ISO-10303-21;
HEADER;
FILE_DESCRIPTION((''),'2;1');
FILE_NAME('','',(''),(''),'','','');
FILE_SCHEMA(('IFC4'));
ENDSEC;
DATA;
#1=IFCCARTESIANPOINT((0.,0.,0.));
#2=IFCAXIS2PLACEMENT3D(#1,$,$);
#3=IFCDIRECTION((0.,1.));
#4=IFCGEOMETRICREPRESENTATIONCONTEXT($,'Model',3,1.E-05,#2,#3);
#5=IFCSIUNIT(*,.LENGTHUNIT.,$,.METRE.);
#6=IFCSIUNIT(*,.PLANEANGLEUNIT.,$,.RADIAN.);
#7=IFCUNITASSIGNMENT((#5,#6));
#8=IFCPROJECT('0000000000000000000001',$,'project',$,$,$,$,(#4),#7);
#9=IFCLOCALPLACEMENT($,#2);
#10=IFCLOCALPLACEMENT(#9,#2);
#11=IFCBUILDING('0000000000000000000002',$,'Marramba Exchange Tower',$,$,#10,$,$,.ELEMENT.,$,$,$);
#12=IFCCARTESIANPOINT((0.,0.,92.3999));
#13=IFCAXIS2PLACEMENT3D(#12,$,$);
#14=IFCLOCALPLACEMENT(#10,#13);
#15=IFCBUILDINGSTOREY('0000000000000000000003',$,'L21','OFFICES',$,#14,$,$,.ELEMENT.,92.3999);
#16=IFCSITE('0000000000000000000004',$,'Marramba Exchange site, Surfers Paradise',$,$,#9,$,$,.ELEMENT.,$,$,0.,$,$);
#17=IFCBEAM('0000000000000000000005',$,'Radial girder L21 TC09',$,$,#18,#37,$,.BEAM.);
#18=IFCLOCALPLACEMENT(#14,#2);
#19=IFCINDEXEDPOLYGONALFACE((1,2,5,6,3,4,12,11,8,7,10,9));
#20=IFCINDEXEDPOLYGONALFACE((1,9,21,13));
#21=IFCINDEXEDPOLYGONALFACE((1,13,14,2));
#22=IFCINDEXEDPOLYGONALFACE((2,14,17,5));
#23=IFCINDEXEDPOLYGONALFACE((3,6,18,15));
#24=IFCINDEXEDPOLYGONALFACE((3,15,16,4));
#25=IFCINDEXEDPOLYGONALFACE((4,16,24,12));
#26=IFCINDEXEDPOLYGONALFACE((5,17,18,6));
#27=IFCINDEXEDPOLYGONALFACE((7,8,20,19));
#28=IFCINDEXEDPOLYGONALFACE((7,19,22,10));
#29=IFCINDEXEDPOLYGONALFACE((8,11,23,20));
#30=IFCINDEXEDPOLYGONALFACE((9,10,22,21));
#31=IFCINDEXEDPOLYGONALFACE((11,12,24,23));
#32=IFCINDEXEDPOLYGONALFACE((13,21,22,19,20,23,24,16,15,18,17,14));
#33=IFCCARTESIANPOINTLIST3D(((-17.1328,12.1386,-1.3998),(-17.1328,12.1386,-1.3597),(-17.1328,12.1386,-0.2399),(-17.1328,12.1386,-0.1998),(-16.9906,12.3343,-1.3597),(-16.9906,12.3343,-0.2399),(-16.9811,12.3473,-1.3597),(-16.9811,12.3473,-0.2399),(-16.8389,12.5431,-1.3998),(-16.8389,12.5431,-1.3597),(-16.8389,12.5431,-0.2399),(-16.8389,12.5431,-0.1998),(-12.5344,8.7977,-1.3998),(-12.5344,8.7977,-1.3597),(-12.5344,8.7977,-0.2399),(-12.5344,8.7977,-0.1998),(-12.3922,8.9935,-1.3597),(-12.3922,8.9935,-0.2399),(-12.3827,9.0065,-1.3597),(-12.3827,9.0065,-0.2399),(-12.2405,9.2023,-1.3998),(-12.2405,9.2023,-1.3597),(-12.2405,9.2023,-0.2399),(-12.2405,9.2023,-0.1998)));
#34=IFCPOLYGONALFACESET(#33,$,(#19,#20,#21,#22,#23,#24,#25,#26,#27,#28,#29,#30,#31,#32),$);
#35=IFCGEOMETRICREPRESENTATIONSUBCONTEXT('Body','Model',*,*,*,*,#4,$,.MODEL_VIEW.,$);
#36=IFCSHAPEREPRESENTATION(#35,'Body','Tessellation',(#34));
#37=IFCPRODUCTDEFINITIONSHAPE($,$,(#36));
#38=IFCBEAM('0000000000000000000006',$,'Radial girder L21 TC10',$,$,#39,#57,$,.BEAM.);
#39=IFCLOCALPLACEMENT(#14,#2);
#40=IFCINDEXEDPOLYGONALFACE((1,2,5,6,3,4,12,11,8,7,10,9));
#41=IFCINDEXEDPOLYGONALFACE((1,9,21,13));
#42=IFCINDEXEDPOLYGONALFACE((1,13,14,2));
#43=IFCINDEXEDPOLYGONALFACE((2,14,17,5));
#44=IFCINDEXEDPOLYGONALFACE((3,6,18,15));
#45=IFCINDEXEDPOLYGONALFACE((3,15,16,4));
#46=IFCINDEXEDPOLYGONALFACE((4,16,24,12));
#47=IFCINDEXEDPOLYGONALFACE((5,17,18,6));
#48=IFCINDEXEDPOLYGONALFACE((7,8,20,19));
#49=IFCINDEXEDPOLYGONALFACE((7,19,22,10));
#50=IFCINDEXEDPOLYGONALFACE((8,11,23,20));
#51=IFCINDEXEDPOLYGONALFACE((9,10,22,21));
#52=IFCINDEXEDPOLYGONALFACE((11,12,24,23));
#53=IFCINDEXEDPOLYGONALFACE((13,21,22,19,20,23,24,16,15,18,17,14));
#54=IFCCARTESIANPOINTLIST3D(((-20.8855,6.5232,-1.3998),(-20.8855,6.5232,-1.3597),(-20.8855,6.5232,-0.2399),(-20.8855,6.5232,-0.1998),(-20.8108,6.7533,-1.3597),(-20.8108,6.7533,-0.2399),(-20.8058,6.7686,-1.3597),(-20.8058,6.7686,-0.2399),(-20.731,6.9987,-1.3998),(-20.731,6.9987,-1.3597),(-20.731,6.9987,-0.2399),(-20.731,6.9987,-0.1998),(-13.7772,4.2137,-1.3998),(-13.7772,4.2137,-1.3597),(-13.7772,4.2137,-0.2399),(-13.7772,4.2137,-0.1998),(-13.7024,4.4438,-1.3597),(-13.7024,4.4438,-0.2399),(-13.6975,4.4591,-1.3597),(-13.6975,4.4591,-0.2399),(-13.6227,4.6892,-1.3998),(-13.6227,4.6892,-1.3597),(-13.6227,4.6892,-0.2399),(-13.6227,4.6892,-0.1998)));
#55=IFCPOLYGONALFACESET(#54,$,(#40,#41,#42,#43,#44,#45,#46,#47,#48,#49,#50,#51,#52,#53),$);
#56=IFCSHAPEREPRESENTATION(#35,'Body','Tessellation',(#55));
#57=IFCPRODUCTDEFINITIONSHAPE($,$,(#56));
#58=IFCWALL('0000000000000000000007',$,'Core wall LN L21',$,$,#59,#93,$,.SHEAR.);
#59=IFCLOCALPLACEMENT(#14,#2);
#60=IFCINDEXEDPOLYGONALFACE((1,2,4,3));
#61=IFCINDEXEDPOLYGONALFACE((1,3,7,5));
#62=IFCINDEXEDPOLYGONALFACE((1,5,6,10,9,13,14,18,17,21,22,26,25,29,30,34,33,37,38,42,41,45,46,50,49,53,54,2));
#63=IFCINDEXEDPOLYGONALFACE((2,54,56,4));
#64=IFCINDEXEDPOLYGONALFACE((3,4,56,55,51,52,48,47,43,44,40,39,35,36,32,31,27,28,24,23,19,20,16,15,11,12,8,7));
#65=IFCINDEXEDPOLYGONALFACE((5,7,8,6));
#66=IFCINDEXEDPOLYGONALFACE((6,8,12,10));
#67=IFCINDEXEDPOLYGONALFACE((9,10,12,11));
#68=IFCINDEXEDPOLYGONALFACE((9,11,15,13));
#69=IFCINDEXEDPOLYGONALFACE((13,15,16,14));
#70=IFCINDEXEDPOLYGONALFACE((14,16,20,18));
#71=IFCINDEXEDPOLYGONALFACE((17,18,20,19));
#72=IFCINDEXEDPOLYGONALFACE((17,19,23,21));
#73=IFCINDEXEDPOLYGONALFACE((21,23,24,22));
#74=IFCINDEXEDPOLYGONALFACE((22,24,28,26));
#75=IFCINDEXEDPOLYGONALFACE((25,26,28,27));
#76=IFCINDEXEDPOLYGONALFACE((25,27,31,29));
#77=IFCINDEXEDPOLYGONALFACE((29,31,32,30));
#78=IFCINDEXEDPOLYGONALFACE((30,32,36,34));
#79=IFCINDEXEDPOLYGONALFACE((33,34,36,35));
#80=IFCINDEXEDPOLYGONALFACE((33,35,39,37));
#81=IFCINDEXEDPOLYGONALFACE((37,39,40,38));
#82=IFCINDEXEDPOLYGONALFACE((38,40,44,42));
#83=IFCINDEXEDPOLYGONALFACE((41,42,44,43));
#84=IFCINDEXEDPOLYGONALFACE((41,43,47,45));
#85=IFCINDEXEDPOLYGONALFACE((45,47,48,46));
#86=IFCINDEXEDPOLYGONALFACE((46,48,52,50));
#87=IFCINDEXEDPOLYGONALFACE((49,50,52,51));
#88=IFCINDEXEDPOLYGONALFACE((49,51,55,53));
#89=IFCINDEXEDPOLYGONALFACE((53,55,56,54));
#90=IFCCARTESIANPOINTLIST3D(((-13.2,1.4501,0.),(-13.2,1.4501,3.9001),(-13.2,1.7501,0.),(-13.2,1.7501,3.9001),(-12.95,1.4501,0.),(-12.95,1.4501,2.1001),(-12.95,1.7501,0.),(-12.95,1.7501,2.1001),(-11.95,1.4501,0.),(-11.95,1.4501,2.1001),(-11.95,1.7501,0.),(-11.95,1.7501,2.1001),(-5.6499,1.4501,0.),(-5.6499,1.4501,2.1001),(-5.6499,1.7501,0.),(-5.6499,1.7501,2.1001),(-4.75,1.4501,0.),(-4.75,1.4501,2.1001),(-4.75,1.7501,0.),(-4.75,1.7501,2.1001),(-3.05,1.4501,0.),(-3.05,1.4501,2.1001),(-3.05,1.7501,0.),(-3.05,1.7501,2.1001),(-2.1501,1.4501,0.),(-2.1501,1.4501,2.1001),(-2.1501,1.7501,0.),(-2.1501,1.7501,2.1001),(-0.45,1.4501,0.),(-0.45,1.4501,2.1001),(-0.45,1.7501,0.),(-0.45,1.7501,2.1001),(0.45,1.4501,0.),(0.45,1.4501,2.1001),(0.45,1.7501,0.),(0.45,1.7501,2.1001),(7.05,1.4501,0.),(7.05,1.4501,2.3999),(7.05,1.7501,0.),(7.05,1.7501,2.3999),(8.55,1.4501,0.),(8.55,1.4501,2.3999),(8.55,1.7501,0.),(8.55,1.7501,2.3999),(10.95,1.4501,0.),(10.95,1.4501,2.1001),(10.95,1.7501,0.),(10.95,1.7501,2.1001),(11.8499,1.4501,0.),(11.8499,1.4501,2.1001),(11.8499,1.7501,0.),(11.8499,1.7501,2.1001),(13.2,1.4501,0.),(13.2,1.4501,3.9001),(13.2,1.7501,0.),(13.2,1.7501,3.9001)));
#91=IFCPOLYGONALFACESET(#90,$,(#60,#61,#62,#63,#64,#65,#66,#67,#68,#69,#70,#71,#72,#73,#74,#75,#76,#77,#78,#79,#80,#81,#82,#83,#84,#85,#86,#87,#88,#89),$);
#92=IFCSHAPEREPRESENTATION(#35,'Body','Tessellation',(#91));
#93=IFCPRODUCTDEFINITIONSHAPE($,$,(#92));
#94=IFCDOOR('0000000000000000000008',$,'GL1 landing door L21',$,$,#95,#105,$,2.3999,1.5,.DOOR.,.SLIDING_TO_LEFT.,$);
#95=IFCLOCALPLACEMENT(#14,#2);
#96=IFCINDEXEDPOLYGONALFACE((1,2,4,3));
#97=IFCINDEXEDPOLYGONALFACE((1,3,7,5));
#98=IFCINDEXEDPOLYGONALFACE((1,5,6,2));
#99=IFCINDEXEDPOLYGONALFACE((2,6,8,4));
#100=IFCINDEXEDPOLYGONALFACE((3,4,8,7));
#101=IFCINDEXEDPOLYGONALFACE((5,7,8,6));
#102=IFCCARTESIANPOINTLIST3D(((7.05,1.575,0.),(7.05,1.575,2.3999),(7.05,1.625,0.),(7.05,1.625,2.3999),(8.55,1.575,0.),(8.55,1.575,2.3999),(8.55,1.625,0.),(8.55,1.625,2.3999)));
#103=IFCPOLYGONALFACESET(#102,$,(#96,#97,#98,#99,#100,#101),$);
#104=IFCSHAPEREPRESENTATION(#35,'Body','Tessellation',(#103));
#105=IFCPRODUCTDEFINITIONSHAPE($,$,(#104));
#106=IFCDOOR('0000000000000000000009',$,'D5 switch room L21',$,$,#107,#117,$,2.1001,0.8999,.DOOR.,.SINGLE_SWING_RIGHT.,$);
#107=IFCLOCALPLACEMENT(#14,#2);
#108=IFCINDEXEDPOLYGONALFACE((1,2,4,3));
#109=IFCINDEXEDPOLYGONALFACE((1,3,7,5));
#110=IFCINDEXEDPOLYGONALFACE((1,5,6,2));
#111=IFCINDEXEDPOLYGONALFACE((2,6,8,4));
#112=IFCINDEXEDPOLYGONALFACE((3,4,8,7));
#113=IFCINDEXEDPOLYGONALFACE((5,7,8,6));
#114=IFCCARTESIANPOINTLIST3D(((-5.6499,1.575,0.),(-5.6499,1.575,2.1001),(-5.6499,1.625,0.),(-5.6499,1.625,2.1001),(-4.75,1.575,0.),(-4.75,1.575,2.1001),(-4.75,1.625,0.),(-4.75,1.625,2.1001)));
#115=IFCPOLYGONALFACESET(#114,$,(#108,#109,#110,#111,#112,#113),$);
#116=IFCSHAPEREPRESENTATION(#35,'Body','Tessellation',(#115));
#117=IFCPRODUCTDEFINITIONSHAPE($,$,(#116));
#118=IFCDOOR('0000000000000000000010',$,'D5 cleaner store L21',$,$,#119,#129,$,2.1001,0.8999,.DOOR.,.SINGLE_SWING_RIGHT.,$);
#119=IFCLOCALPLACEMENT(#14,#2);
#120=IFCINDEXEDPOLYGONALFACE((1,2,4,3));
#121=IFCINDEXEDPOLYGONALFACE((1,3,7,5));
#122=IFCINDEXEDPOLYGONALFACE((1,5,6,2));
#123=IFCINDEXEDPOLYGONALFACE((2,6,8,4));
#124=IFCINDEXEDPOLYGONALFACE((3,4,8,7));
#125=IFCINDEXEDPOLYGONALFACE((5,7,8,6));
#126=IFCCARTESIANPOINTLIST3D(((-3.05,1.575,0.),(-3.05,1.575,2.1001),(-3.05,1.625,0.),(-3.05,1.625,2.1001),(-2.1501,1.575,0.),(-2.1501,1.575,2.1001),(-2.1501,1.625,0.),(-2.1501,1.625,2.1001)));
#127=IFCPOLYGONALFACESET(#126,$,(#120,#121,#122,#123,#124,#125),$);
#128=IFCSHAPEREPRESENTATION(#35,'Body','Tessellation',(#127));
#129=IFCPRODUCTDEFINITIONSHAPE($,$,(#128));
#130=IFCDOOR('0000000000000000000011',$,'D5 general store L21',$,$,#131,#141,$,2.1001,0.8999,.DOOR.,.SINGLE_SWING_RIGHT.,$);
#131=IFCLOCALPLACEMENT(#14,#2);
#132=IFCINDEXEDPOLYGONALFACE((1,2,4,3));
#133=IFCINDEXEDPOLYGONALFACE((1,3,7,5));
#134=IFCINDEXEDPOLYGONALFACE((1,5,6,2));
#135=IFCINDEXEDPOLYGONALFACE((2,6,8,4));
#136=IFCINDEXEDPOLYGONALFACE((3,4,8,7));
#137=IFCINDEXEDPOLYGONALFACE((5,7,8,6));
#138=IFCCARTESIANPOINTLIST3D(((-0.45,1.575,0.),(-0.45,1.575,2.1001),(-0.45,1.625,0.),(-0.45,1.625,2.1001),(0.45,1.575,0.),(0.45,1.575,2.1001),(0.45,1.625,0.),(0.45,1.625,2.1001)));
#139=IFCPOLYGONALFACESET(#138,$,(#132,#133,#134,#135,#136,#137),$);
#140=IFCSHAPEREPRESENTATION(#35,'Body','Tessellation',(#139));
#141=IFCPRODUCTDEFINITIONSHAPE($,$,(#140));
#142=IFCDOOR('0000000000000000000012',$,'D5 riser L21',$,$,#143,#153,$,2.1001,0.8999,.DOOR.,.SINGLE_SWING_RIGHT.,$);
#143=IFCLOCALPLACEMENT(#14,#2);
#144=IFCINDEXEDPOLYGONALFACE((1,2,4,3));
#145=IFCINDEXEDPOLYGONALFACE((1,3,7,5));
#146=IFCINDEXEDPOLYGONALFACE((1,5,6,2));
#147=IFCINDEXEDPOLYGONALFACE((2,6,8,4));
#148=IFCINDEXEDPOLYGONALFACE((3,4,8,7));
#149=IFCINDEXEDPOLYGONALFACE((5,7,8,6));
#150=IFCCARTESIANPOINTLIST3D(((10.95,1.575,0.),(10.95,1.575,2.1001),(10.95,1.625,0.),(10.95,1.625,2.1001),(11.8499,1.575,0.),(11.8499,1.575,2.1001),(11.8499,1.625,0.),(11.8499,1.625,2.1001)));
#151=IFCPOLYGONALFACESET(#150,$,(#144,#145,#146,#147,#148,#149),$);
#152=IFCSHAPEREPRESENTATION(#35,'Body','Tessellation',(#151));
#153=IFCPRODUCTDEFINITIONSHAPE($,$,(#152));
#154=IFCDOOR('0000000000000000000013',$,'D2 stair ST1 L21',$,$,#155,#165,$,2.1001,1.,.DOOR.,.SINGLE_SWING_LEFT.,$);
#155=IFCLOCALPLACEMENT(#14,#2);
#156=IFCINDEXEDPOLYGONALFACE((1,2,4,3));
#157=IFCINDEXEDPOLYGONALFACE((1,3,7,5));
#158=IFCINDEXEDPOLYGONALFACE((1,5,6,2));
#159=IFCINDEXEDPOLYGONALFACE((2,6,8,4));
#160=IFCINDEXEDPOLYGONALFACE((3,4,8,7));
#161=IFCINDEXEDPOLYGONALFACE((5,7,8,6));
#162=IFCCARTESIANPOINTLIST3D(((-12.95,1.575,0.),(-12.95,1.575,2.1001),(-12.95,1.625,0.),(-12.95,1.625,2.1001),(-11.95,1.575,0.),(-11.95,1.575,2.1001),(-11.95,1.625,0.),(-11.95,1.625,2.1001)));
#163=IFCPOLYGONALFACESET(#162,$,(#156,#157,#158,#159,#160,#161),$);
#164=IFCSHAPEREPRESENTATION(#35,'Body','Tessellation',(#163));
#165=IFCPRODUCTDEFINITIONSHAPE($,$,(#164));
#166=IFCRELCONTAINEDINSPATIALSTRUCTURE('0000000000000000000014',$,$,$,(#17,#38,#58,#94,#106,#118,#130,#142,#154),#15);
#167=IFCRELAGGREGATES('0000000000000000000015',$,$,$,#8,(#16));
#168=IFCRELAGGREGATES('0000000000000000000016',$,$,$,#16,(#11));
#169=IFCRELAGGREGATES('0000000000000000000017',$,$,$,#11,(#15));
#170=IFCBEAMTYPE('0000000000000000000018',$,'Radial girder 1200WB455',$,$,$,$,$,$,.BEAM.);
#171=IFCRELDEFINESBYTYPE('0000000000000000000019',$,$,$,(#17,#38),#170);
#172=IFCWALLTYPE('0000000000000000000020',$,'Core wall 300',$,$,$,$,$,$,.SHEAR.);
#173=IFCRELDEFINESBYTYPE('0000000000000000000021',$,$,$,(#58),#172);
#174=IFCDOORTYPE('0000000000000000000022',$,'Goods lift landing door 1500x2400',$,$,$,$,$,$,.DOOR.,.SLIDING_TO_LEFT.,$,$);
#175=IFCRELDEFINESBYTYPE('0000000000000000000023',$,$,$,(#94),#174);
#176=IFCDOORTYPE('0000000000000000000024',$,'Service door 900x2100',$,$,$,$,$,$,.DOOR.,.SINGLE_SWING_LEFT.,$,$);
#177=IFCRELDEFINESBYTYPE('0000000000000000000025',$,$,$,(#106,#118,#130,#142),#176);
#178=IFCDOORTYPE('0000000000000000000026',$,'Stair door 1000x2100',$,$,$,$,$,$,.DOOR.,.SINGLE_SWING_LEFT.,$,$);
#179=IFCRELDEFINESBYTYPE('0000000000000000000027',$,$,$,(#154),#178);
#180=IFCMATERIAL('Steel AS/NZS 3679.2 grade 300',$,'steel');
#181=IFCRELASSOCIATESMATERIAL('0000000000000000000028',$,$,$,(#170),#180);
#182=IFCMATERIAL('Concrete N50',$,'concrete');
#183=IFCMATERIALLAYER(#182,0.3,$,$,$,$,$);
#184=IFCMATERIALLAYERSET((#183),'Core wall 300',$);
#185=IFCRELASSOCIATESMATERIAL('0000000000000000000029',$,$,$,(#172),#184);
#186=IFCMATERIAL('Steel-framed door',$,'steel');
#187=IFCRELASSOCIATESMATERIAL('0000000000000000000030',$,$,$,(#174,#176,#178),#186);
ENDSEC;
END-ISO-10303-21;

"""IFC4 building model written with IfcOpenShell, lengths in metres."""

from ifc_helpers import new_model, si_unit, direction, frame, frame_2d, origin, origin_2d, place, context, subcontext, project, spatial, rectangle, i_section, extrude, material, layer, layer_set, material_profile, profile_set, type_object, element, fill, save


model = new_model("IFC4")

# Units and contexts
model_context = context("Model", 3, precision=1e-05, world=origin(), true_north=direction((0.0, 1.0)))
body_context = subcontext(model_context, "Body", "Model", "MODEL_VIEW")
ifc_project = project(units=[si_unit("LENGTHUNIT", "METRE"), si_unit("PLANEANGLEUNIT", "RADIAN")], contexts=[model_context])

# Site, building, storey
site_placement = place(None, origin())
site = spatial("IfcSite", under=ifc_project, at=site_placement, Name="Marramba Exchange site, Surfers Paradise", CompositionType="ELEMENT", RefElevation=0.0)
building_placement = place(site_placement, origin())
building = spatial("IfcBuilding", under=site, at=building_placement, Name="Marramba Exchange Tower", CompositionType="ELEMENT")
storey_placement = place(building_placement, frame((0.0, 0.0, 92.3999)))
storey = spatial("IfcBuildingStorey", under=building, at=storey_placement, Name="L21", Description="OFFICES", CompositionType="ELEMENT", Elevation=92.3999)

# Shared definitions
ifc_material_1 = material(Name="Concrete N50", Category="concrete")

# Shared definitions
ifc_material_2 = material(Name="Steel AS/NZS 3679.2 grade 300", Category="steel")

# Beams
ifc_material_profile_1 = material_profile(ifc_material_2, i_section(OverallWidth=0.5, OverallDepth=1.2, WebThickness=0.0161, FlangeThickness=0.04, at=origin_2d()), Name="1200WB455")
ifc_profile_set_1 = profile_set([ifc_material_profile_1], Name="Steel AS/NZS 3679.2 grade 300")
beam_type_1 = type_object("IfcBeamType", Name="Radial girder 1200WB455", PredefinedType="BEAM", material=ifc_profile_set_1)
beam_1_placement = place(storey_placement, frame((-12.3875, 9.0, -0.7998), z_axis=(-0.809026, 0.587773, 0.0), x_axis=(-0.587773, -0.809026, 0.0)))
element("IfcBeam", 1, at=beam_1_placement, inside=storey, type_object=beam_type_1, Name="Radial girder L21 TC09", PredefinedType="BEAM", context=body_context, shape_type="SweptSolid", body=[
    extrude(i_section(OverallWidth=0.5, OverallDepth=1.2, WebThickness=0.0161, FlangeThickness=0.04, at=origin_2d()), origin(), (0.0, 0.0, 1.0), 5.6838),
])
beam_2_placement = place(storey_placement, frame((-13.7, 4.4514, -0.7998), z_axis=(-0.95106, 0.309006, 0.0), x_axis=(-0.309006, -0.95106, 0.0)))
element("IfcBeam", 2, at=beam_2_placement, inside=storey, type_object=beam_type_1, Name="Radial girder L21 TC10", PredefinedType="BEAM", context=body_context, shape_type="SweptSolid", body=[
    extrude(i_section(OverallWidth=0.5, OverallDepth=1.2, WebThickness=0.0161, FlangeThickness=0.04, at=origin_2d()), origin(), (0.0, 0.0, 1.0), 7.4741),
])

# Shared definitions
ifc_material_3 = material(Name="Steel-framed door", Category="steel")

# Wall, openings, doors
ifc_layer_1 = layer(ifc_material_1, 0.3)
ifc_layer_set_1 = layer_set([ifc_layer_1], Name="Core wall 300")
wall_type_1 = type_object("IfcWallType", Name="Core wall 300", PredefinedType="SHEAR", material=ifc_layer_set_1)
wall_1_placement = place(storey_placement, frame((-13.2, 1.6001, 0.0), z_axis=(0.0, 0.0, 1.0), x_axis=(1.0, 0.0, 0.0)))
wall_1 = element("IfcWall", 3, at=wall_1_placement, inside=storey, type_object=wall_type_1, Name="Core wall LN L21", PredefinedType="SHEAR", context=body_context, shape_type="SweptSolid", body=[
    extrude(rectangle(XDim=26.3999, YDim=0.3, at=frame_2d((13.2, 0.0))), origin(), (0.0, 0.0, 1.0), 3.9001),
])
opening_1_placement = place(wall_1_placement, frame((0.25, 0.0, 0.0)))
opening_1 = element("IfcOpeningElement", 4, at=opening_1_placement, cuts=wall_1, PredefinedType="OPENING", context=body_context, shape_type="SweptSolid", body=[
    extrude(rectangle(XDim=1.0, YDim=2.1001, at=frame_2d((0.5, 1.05))), frame((0.0, 0.1599, 0.0), z_axis=(0.0, -1.0, 0.0), x_axis=(1.0, 0.0, 0.0)), (0.0, 0.0, 1.0), 0.3201),
])
opening_2_placement = place(wall_1_placement, frame((20.25, 0.0, 0.0)))
opening_2 = element("IfcOpeningElement", 5, at=opening_2_placement, cuts=wall_1, PredefinedType="OPENING", context=body_context, shape_type="SweptSolid", body=[
    extrude(rectangle(XDim=1.5, YDim=2.3999, at=frame_2d((0.75, 1.2))), frame((0.0, 0.1599, 0.0), z_axis=(0.0, -1.0, 0.0), x_axis=(1.0, 0.0, 0.0)), (0.0, 0.0, 1.0), 0.3201),
])
opening_3_placement = place(wall_1_placement, frame((7.55, 0.0, 0.0)))
opening_3 = element("IfcOpeningElement", 6, at=opening_3_placement, cuts=wall_1, PredefinedType="OPENING", context=body_context, shape_type="SweptSolid", body=[
    extrude(rectangle(XDim=0.8999, YDim=2.1001, at=frame_2d((0.45, 1.05))), frame((0.0, 0.1599, 0.0), z_axis=(0.0, -1.0, 0.0), x_axis=(1.0, 0.0, 0.0)), (0.0, 0.0, 1.0), 0.3201),
])
opening_4_placement = place(wall_1_placement, frame((10.1499, 0.0, 0.0)))
opening_4 = element("IfcOpeningElement", 7, at=opening_4_placement, cuts=wall_1, PredefinedType="OPENING", context=body_context, shape_type="SweptSolid", body=[
    extrude(rectangle(XDim=0.8999, YDim=2.1001, at=frame_2d((0.45, 1.05))), frame((0.0, 0.1599, 0.0), z_axis=(0.0, -1.0, 0.0), x_axis=(1.0, 0.0, 0.0)), (0.0, 0.0, 1.0), 0.3201),
])
opening_5_placement = place(wall_1_placement, frame((12.75, 0.0, 0.0)))
opening_5 = element("IfcOpeningElement", 8, at=opening_5_placement, cuts=wall_1, PredefinedType="OPENING", context=body_context, shape_type="SweptSolid", body=[
    extrude(rectangle(XDim=0.8999, YDim=2.1001, at=frame_2d((0.45, 1.05))), frame((0.0, 0.1599, 0.0), z_axis=(0.0, -1.0, 0.0), x_axis=(1.0, 0.0, 0.0)), (0.0, 0.0, 1.0), 0.3201),
])
opening_6_placement = place(wall_1_placement, frame((24.1499, 0.0, 0.0)))
opening_6 = element("IfcOpeningElement", 9, at=opening_6_placement, cuts=wall_1, PredefinedType="OPENING", context=body_context, shape_type="SweptSolid", body=[
    extrude(rectangle(XDim=0.8999, YDim=2.1001, at=frame_2d((0.45, 1.05))), frame((0.0, 0.1599, 0.0), z_axis=(0.0, -1.0, 0.0), x_axis=(1.0, 0.0, 0.0)), (0.0, 0.0, 1.0), 0.3201),
])
door_type_1 = type_object("IfcDoorType", Name="Goods lift landing door 1500x2400", OperationType="SLIDING_TO_LEFT", PredefinedType="DOOR", material=ifc_material_3)
door_1_placement = place(opening_2_placement, origin())
door_1 = element("IfcDoor", 10, at=door_1_placement, inside=storey, type_object=door_type_1, Name="GL1 landing door L21", OperationType="SLIDING_TO_LEFT", OverallHeight=2.3999, OverallWidth=1.5, PredefinedType="DOOR", context=body_context, shape_type="SweptSolid", body=[
    extrude(rectangle(XDim=1.5, YDim=2.3999, at=frame_2d((0.75, 1.2))), frame((0.0, 0.0249, 0.0), z_axis=(0.0, -1.0, 0.0), x_axis=(1.0, 0.0, 0.0)), (0.0, 0.0, 1.0), 0.05),
])
fill(opening_2, door_1)
door_type_2 = type_object("IfcDoorType", Name="Service door 900x2100", OperationType="SINGLE_SWING_LEFT", PredefinedType="DOOR", material=ifc_material_3)
door_2_placement = place(opening_3_placement, origin())
door_2 = element("IfcDoor", 11, at=door_2_placement, inside=storey, type_object=door_type_2, Name="D5 switch room L21", OperationType="SINGLE_SWING_RIGHT", OverallHeight=2.1001, OverallWidth=0.8999, PredefinedType="DOOR", context=body_context, shape_type="SweptSolid", body=[
    extrude(rectangle(XDim=0.8999, YDim=2.1001, at=frame_2d((0.45, 1.05))), frame((0.0, 0.0249, 0.0), z_axis=(0.0, -1.0, 0.0), x_axis=(1.0, 0.0, 0.0)), (0.0, 0.0, 1.0), 0.05),
])
fill(opening_3, door_2)
door_3_placement = place(opening_4_placement, origin())
door_3 = element("IfcDoor", 12, at=door_3_placement, inside=storey, type_object=door_type_2, Name="D5 cleaner store L21", OperationType="SINGLE_SWING_RIGHT", OverallHeight=2.1001, OverallWidth=0.8999, PredefinedType="DOOR", context=body_context, shape_type="SweptSolid", body=[
    extrude(rectangle(XDim=0.8999, YDim=2.1001, at=frame_2d((0.45, 1.05))), frame((0.0, 0.0249, 0.0), z_axis=(0.0, -1.0, 0.0), x_axis=(1.0, 0.0, 0.0)), (0.0, 0.0, 1.0), 0.05),
])
fill(opening_4, door_3)
door_4_placement = place(opening_5_placement, origin())
door_4 = element("IfcDoor", 13, at=door_4_placement, inside=storey, type_object=door_type_2, Name="D5 general store L21", OperationType="SINGLE_SWING_RIGHT", OverallHeight=2.1001, OverallWidth=0.8999, PredefinedType="DOOR", context=body_context, shape_type="SweptSolid", body=[
    extrude(rectangle(XDim=0.8999, YDim=2.1001, at=frame_2d((0.45, 1.05))), frame((0.0, 0.0249, 0.0), z_axis=(0.0, -1.0, 0.0), x_axis=(1.0, 0.0, 0.0)), (0.0, 0.0, 1.0), 0.05),
])
fill(opening_5, door_4)
door_5_placement = place(opening_6_placement, origin())
door_5 = element("IfcDoor", 14, at=door_5_placement, inside=storey, type_object=door_type_2, Name="D5 riser L21", OperationType="SINGLE_SWING_RIGHT", OverallHeight=2.1001, OverallWidth=0.8999, PredefinedType="DOOR", context=body_context, shape_type="SweptSolid", body=[
    extrude(rectangle(XDim=0.8999, YDim=2.1001, at=frame_2d((0.45, 1.05))), frame((0.0, 0.0249, 0.0), z_axis=(0.0, -1.0, 0.0), x_axis=(1.0, 0.0, 0.0)), (0.0, 0.0, 1.0), 0.05),
])
fill(opening_6, door_5)
door_type_3 = type_object("IfcDoorType", Name="Stair door 1000x2100", OperationType="SINGLE_SWING_LEFT", PredefinedType="DOOR", material=ifc_material_3)
door_6_placement = place(opening_1_placement, origin())
door_6 = element("IfcDoor", 15, at=door_6_placement, inside=storey, type_object=door_type_3, Name="D2 stair ST1 L21", OperationType="SINGLE_SWING_LEFT", OverallHeight=2.1001, OverallWidth=1.0, PredefinedType="DOOR", context=body_context, shape_type="SweptSolid", body=[
    extrude(rectangle(XDim=1.0, YDim=2.1001, at=frame_2d((0.5, 1.05))), frame((0.0, 0.0249, 0.0), z_axis=(0.0, -1.0, 0.0), x_axis=(1.0, 0.0, 0.0)), (0.0, 0.0, 1.0), 0.05),
])
fill(opening_1, door_6)

save(model, "model.ifc")
